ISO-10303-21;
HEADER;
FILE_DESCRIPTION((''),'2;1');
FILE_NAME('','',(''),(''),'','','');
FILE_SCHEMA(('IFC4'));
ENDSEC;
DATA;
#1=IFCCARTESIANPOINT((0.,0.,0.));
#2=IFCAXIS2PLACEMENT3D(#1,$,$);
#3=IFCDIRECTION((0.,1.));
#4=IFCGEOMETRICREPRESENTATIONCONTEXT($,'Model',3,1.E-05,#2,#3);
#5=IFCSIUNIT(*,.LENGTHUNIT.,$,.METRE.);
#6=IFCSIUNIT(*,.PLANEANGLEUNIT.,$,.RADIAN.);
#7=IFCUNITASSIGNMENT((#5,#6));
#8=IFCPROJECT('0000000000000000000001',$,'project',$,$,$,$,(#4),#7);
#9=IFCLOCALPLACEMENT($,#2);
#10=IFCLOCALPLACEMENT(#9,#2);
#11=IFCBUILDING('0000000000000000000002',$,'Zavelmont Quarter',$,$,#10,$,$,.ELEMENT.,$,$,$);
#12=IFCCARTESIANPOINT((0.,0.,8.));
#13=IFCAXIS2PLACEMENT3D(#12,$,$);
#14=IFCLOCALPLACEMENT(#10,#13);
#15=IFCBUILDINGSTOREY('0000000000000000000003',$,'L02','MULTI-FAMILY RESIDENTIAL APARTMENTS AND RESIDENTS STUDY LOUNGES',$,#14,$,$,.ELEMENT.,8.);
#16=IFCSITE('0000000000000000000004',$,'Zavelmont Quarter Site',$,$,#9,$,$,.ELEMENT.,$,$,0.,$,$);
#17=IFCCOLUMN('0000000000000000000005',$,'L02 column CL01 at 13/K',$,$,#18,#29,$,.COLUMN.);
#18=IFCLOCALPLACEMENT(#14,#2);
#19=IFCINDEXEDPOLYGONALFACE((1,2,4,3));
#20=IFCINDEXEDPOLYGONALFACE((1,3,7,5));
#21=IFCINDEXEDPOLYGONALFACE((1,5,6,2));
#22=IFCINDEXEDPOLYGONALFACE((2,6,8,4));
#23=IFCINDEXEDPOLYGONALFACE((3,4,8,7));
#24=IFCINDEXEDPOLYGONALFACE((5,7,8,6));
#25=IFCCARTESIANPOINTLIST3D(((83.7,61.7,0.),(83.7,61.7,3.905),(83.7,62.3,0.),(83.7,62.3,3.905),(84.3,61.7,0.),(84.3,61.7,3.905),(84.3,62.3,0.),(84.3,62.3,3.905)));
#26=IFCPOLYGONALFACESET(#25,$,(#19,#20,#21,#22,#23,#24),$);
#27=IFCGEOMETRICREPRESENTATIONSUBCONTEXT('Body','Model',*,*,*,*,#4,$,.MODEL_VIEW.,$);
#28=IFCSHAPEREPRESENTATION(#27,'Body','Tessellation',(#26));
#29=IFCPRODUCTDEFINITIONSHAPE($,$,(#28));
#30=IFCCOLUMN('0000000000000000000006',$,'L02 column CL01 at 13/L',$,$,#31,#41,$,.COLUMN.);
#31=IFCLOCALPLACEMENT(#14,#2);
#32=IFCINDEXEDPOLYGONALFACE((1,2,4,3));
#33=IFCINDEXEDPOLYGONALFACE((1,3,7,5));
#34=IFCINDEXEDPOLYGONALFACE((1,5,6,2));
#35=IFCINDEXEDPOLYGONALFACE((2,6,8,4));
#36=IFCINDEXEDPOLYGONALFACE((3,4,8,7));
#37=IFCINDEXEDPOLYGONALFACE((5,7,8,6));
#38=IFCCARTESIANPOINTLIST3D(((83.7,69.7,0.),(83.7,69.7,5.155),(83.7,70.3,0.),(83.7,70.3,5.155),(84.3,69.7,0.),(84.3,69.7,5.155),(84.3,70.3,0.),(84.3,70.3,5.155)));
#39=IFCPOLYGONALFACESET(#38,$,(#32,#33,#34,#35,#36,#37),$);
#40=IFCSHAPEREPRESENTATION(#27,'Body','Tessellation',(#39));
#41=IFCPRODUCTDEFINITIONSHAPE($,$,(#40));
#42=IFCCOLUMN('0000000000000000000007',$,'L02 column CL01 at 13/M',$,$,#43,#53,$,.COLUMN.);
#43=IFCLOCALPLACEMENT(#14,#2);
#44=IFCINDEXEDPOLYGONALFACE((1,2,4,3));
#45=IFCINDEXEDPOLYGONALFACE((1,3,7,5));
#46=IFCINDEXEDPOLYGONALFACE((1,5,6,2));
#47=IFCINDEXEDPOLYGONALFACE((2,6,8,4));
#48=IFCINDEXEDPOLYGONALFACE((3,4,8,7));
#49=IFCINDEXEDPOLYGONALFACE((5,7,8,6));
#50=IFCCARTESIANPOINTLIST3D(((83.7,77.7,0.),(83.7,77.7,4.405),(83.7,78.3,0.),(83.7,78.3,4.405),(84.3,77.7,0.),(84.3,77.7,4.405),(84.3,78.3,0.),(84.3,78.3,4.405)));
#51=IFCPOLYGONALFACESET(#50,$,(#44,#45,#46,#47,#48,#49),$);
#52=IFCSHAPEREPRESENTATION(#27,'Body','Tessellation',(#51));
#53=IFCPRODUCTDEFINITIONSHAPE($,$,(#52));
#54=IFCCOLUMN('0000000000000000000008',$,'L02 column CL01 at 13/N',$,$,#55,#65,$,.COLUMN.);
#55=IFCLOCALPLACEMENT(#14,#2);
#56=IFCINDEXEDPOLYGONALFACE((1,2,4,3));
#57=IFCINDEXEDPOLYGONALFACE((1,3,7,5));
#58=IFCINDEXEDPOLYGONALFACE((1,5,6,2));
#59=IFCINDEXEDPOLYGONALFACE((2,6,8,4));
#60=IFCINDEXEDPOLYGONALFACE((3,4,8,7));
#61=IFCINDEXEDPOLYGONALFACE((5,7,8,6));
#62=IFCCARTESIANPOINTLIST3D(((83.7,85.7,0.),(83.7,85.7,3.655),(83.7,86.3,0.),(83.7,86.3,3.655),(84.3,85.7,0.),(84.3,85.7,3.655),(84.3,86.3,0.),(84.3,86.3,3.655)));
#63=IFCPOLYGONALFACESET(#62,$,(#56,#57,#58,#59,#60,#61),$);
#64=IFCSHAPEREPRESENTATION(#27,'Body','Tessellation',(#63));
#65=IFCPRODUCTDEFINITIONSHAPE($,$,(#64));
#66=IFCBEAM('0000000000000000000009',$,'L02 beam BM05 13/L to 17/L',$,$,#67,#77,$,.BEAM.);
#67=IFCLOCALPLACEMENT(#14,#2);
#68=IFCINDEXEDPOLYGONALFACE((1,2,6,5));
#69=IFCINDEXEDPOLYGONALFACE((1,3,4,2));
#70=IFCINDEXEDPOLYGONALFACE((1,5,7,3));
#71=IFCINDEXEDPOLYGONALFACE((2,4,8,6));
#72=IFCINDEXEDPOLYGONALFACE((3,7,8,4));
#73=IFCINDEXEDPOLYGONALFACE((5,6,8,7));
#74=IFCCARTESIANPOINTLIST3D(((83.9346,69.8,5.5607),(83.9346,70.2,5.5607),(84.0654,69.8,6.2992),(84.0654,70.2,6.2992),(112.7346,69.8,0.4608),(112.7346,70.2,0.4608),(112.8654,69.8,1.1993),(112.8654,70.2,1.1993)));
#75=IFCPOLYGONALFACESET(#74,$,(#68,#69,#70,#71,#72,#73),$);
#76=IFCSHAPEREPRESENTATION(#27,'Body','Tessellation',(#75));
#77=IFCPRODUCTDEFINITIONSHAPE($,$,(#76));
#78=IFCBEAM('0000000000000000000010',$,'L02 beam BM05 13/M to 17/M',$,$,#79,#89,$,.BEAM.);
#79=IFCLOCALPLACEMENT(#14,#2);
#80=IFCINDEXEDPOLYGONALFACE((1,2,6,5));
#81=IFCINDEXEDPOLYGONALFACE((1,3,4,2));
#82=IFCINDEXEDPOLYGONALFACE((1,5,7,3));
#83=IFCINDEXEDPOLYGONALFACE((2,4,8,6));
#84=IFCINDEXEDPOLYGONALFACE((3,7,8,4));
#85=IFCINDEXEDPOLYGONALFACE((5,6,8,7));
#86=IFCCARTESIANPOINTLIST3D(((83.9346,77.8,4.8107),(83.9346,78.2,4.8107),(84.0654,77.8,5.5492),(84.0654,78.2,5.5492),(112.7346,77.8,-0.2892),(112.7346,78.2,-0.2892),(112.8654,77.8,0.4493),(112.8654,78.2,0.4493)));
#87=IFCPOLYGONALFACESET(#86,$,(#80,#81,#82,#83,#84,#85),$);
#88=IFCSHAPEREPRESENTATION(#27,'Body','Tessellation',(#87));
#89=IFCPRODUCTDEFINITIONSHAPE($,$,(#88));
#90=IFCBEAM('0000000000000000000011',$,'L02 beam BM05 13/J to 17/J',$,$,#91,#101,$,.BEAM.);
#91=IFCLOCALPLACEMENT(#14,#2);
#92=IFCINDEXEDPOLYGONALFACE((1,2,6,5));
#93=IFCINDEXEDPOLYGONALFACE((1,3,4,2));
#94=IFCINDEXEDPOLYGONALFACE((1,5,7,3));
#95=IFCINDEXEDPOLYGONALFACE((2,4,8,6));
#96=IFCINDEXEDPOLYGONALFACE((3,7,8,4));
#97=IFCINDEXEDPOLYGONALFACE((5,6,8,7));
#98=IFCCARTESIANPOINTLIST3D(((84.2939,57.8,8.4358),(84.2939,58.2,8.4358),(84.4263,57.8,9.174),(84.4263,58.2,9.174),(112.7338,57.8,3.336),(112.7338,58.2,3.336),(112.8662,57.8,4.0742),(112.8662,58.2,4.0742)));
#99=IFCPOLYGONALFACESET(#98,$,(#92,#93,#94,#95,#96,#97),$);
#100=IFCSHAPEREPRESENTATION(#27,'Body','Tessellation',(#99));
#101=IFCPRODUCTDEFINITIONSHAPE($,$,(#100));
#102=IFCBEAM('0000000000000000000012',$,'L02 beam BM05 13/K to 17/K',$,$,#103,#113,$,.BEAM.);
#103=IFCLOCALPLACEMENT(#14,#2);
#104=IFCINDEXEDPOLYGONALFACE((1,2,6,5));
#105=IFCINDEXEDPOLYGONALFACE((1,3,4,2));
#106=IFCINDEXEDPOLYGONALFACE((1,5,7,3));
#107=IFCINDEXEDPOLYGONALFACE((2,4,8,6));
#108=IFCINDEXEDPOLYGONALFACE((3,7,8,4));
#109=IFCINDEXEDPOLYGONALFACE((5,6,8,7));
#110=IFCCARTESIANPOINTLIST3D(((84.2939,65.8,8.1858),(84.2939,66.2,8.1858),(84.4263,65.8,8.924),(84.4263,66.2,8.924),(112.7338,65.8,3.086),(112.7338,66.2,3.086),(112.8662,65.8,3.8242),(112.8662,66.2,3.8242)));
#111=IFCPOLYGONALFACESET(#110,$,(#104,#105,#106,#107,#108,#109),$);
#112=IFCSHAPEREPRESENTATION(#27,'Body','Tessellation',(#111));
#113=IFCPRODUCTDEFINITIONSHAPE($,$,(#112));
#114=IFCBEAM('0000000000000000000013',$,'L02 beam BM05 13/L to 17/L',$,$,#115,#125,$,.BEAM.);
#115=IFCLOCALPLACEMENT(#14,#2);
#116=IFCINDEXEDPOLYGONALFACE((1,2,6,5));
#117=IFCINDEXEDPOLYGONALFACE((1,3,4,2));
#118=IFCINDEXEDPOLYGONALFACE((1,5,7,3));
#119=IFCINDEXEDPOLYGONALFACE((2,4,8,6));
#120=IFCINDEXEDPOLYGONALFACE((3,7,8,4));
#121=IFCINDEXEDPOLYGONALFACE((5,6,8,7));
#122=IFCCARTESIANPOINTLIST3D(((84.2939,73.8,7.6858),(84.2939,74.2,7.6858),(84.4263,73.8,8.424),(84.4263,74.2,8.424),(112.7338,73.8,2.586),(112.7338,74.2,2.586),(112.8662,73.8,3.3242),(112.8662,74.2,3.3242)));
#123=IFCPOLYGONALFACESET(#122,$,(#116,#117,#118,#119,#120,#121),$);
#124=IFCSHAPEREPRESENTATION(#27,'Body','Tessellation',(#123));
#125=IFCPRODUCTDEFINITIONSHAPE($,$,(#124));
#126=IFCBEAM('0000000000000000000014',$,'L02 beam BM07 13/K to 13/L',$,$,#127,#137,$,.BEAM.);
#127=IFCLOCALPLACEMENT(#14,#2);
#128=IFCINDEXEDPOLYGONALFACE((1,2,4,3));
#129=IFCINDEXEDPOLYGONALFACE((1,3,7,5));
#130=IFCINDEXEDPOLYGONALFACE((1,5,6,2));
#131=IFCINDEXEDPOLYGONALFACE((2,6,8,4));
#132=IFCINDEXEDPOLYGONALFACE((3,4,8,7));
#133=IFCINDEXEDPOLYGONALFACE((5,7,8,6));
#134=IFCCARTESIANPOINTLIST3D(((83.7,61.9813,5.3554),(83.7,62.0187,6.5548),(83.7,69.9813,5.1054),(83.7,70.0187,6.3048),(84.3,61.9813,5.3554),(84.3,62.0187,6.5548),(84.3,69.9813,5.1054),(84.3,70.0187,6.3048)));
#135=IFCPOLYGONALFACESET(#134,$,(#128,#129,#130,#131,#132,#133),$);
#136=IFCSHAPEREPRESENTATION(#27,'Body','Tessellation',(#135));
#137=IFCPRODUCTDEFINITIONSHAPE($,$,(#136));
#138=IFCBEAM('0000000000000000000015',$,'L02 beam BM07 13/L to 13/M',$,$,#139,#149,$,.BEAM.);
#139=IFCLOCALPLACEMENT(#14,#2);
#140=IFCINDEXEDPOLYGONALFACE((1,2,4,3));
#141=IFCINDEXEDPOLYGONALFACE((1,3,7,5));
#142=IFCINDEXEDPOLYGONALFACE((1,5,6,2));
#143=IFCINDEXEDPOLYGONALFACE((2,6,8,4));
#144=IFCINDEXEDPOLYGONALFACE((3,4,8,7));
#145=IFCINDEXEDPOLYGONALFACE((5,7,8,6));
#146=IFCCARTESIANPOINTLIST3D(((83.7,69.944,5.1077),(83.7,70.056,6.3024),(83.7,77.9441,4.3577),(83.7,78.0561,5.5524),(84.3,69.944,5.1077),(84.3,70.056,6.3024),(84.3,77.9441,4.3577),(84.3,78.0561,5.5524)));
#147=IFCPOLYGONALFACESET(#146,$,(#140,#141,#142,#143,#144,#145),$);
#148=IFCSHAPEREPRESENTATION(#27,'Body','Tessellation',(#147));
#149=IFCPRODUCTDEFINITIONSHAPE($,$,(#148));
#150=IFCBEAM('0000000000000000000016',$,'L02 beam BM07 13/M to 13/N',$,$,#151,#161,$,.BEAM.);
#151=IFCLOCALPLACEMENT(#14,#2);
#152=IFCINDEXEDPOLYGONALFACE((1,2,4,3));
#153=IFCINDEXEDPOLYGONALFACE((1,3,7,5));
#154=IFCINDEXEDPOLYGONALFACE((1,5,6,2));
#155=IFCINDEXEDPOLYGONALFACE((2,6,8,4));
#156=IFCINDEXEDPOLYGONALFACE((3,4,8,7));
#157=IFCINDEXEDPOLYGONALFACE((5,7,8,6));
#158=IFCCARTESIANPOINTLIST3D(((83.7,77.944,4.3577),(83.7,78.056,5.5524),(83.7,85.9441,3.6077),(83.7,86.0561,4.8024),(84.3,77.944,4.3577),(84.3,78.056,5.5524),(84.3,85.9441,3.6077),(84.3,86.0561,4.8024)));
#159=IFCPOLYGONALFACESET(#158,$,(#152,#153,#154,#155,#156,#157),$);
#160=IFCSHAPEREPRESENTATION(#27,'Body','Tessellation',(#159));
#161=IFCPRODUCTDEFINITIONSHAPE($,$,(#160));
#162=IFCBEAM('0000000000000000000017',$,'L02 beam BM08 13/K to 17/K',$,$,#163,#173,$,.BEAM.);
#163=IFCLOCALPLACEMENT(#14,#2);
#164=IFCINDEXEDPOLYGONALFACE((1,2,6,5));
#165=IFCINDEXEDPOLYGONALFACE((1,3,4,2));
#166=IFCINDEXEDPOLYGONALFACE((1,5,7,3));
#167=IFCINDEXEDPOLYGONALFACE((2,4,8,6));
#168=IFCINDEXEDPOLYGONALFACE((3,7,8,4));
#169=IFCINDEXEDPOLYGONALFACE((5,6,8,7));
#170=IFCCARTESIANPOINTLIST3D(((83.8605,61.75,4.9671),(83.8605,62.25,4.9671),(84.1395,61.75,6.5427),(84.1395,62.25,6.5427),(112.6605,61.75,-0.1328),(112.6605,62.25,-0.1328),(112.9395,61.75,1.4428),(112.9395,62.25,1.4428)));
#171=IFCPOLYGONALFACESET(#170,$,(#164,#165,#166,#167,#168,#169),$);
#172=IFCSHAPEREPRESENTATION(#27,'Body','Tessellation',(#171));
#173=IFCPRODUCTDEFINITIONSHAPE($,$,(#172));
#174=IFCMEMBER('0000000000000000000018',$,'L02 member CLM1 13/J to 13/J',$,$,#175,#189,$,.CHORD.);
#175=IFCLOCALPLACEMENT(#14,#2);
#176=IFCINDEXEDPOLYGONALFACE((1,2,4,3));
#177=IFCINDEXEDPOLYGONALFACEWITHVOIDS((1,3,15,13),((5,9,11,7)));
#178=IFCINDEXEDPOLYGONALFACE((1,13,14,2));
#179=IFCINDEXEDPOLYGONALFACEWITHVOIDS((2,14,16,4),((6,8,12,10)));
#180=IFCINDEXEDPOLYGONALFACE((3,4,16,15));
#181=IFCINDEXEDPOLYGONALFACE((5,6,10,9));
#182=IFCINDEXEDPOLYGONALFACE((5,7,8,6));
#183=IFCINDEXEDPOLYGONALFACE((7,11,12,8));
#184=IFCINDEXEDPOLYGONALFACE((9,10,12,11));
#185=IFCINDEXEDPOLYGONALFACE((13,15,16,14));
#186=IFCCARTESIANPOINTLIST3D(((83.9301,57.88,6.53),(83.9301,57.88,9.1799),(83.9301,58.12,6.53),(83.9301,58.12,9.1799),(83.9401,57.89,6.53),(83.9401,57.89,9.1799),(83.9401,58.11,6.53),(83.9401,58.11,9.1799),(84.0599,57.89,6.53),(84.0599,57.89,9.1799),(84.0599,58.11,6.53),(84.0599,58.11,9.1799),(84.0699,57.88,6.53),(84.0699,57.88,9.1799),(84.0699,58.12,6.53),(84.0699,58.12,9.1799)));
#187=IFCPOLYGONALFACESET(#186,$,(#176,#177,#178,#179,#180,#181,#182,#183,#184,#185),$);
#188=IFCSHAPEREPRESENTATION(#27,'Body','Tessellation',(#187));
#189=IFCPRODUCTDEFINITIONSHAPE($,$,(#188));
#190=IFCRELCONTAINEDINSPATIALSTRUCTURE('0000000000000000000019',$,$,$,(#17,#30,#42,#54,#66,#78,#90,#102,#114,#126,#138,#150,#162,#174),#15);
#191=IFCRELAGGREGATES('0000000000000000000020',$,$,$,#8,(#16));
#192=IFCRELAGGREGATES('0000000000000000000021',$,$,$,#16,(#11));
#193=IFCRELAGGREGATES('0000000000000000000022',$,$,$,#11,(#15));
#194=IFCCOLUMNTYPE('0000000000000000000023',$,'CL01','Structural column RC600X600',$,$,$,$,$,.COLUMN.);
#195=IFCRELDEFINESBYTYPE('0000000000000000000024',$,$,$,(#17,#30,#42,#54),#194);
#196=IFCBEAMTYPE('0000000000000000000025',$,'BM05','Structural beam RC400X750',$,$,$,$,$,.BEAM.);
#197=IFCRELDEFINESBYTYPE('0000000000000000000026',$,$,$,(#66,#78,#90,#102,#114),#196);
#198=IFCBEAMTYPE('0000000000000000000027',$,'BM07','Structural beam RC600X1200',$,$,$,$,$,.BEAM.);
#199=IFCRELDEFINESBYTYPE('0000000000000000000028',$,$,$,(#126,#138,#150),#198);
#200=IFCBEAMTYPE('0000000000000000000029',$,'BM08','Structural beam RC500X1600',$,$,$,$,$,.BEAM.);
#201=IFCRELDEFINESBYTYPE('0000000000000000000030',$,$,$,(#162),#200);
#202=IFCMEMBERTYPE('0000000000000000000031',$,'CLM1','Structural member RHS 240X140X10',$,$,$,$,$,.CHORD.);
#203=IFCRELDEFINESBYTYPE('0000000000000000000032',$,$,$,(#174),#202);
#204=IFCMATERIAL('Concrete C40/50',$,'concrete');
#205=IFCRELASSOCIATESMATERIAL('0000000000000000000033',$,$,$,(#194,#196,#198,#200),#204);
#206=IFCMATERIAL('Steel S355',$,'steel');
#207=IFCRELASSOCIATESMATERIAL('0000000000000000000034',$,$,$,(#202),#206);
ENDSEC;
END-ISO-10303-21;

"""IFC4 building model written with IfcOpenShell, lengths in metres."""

from ifc_helpers import new_model, si_unit, direction, frame, origin, origin_2d, place, context, subcontext, project, spatial, rectangle, hollow_rectangle, extrude, material, material_profile, profile_set, type_object, element, save


model = new_model("IFC4")

# Units and contexts
model_context = context("Model", 3, precision=1e-05, world=origin(), true_north=direction((0.0, 1.0)))
body_context = subcontext(model_context, "Body", "Model", "MODEL_VIEW")
ifc_project = project(units=[si_unit("LENGTHUNIT", "METRE"), si_unit("PLANEANGLEUNIT", "RADIAN")], contexts=[model_context])

# Site, building, storey
site_placement = place(None, origin())
site = spatial("IfcSite", under=ifc_project, at=site_placement, Name="Zavelmont Quarter Site", CompositionType="ELEMENT", RefElevation=0.0)
building_placement = place(site_placement, origin())
building = spatial("IfcBuilding", under=site, at=building_placement, Name="Zavelmont Quarter", CompositionType="ELEMENT")
storey_placement = place(building_placement, frame((0.0, 0.0, 8.0)))
storey = spatial("IfcBuildingStorey", under=building, at=storey_placement, Name="L02", Description="MULTI-FAMILY RESIDENTIAL APARTMENTS AND RESIDENTS STUDY LOUNGES", CompositionType="ELEMENT", Elevation=8.0)

# Columns
ifc_material_1 = material(Name="Concrete C40/50", Category="concrete")
ifc_material_profile_1 = material_profile(ifc_material_1, rectangle(XDim=0.6001, YDim=0.6001, at=origin_2d()), Name="RC600X600")
ifc_profile_set_1 = profile_set([ifc_material_profile_1], Name="Concrete C40/50")
column_type = type_object("IfcColumnType", Name="CL01", Description="Structural column RC600X600", PredefinedType="COLUMN", material=ifc_profile_set_1)
column_1_placement = place(storey_placement, frame((84.0, 62.0, 0.0), z_axis=(0.0, 0.0, 1.0), x_axis=(1.0, 0.0, 0.0)))
element("IfcColumn", 1, at=column_1_placement, inside=storey, type_object=column_type, Name="L02 column CL01 at 13/K", PredefinedType="COLUMN", context=body_context, shape_type="SweptSolid", body=[
    extrude(rectangle(XDim=0.6001, YDim=0.6001, at=origin_2d()), origin(), (0.0, 0.0, 1.0), 3.905),
])
column_2_placement = place(storey_placement, frame((84.0, 70.0, 0.0), z_axis=(0.0, 0.0, 1.0), x_axis=(1.0, 0.0, 0.0)))
element("IfcColumn", 2, at=column_2_placement, inside=storey, type_object=column_type, Name="L02 column CL01 at 13/L", PredefinedType="COLUMN", context=body_context, shape_type="SweptSolid", body=[
    extrude(rectangle(XDim=0.6001, YDim=0.6001, at=origin_2d()), origin(), (0.0, 0.0, 1.0), 5.155),
])
column_3_placement = place(storey_placement, frame((84.0, 78.0, 0.0), z_axis=(0.0, 0.0, 1.0), x_axis=(1.0, 0.0, 0.0)))
element("IfcColumn", 3, at=column_3_placement, inside=storey, type_object=column_type, Name="L02 column CL01 at 13/M", PredefinedType="COLUMN", context=body_context, shape_type="SweptSolid", body=[
    extrude(rectangle(XDim=0.6001, YDim=0.6001, at=origin_2d()), origin(), (0.0, 0.0, 1.0), 4.405),
])
column_4_placement = place(storey_placement, frame((84.0, 86.0, 0.0), z_axis=(0.0, 0.0, 1.0), x_axis=(1.0, 0.0, 0.0)))
element("IfcColumn", 4, at=column_4_placement, inside=storey, type_object=column_type, Name="L02 column CL01 at 13/N", PredefinedType="COLUMN", context=body_context, shape_type="SweptSolid", body=[
    extrude(rectangle(XDim=0.6001, YDim=0.6001, at=origin_2d()), origin(), (0.0, 0.0, 1.0), 3.655),
])

# Beams
ifc_material_profile_2 = material_profile(ifc_material_1, rectangle(XDim=0.3999, YDim=0.75, at=origin_2d()), Name="RC400X750")
ifc_profile_set_2 = profile_set([ifc_material_profile_2], Name="Concrete C40/50")
beam_type_1 = type_object("IfcBeamType", Name="BM05", Description="Structural beam RC400X750", PredefinedType="BEAM", material=ifc_profile_set_2)
for number, where, z_axis, x_axis, name in (
    (5, (84.0, 70.0, 5.9299), (0.984681, 0.0, -0.174365), (0.0, 1.0, 0.0), "L02 beam BM05 13/L to 17/L"),
    (6, (84.0, 78.0, 5.1799), (0.984681, 0.0, -0.174365), (0.0, 1.0, 0.0), "L02 beam BM05 13/M to 17/M"),
):
    element("IfcBeam", number, at=place(storey_placement, frame(where, z_axis=z_axis, x_axis=x_axis)), inside=storey, type_object=beam_type_1, Name=name, PredefinedType="BEAM", context=body_context, shape_type="SweptSolid", body=[
        extrude(rectangle(XDim=0.3999, YDim=0.75, at=origin_2d()), origin(), (0.0, 0.0, 1.0), 29.248),
    ])
for number, where, z_axis, x_axis, name in (
    (7, (84.3601, 58.0, 8.8049), (0.9843, 0.0, -0.176505), (0.0, 1.0, 0.0), "L02 beam BM05 13/J to 17/J"),
    (8, (84.3601, 66.0, 8.5549), (0.9843, 0.0, -0.176505), (0.0, 1.0, 0.0), "L02 beam BM05 13/K to 17/K"),
    (9, (84.3601, 74.0, 8.0549), (0.9843, 0.0, -0.176505), (0.0, 1.0, 0.0), "L02 beam BM05 13/L to 17/L"),
):
    element("IfcBeam", number, at=place(storey_placement, frame(where, z_axis=z_axis, x_axis=x_axis)), inside=storey, type_object=beam_type_1, Name=name, PredefinedType="BEAM", context=body_context, shape_type="SweptSolid", body=[
        extrude(rectangle(XDim=0.3999, YDim=0.75, at=origin_2d()), origin(), (0.0, 0.0, 1.0), 28.8936),
    ])
ifc_material_profile_3 = material_profile(ifc_material_1, rectangle(XDim=0.6001, YDim=1.2, at=origin_2d()), Name="RC600X1200")
ifc_profile_set_3 = profile_set([ifc_material_profile_3], Name="Concrete C40/50")
beam_type_2 = type_object("IfcBeamType", Name="BM07", Description="Structural beam RC600X1200", PredefinedType="BEAM", material=ifc_profile_set_3)
beam_1_placement = place(storey_placement, frame((84.0, 62.0, 5.9551), z_axis=(0.0, 0.999512, -0.031235), x_axis=(-1.0, 0.0, 0.0)))
element("IfcBeam", 10, at=beam_1_placement, inside=storey, type_object=beam_type_2, Name="L02 beam BM07 13/K to 13/L", PredefinedType="BEAM", context=body_context, shape_type="SweptSolid", body=[
    extrude(rectangle(XDim=0.6001, YDim=1.2, at=origin_2d()), origin(), (0.0, 0.0, 1.0), 8.0039),
])
for number, where, z_axis, x_axis, name in (
    (11, (84.0, 70.0, 5.7051), (0.0, 0.995634, -0.093341), (-1.0, 0.0, 0.0), "L02 beam BM07 13/L to 13/M"),
    (12, (84.0, 78.0, 4.9551), (0.0, 0.995634, -0.093341), (-1.0, 0.0, 0.0), "L02 beam BM07 13/M to 13/N"),
):
    element("IfcBeam", number, at=place(storey_placement, frame(where, z_axis=z_axis, x_axis=x_axis)), inside=storey, type_object=beam_type_2, Name=name, PredefinedType="BEAM", context=body_context, shape_type="SweptSolid", body=[
        extrude(rectangle(XDim=0.6001, YDim=1.2, at=origin_2d()), origin(), (0.0, 0.0, 1.0), 8.0352),
    ])
ifc_material_profile_4 = material_profile(ifc_material_1, rectangle(XDim=0.5, YDim=1.6001, at=origin_2d()), Name="RC500X1600")
ifc_profile_set_4 = profile_set([ifc_material_profile_4], Name="Concrete C40/50")
beam_type_3 = type_object("IfcBeamType", Name="BM08", Description="Structural beam RC500X1600", PredefinedType="BEAM", material=ifc_profile_set_4)
beam_2_placement = place(storey_placement, frame((84.0, 62.0, 5.7549), z_axis=(0.984681, 0.0, -0.174365), x_axis=(0.0, 1.0, 0.0)))
element("IfcBeam", 13, at=beam_2_placement, inside=storey, type_object=beam_type_3, Name="L02 beam BM08 13/K to 17/K", PredefinedType="BEAM", context=body_context, shape_type="SweptSolid", body=[
    extrude(rectangle(XDim=0.5, YDim=1.6001, at=origin_2d()), origin(), (0.0, 0.0, 1.0), 29.248),
])

# Member
ifc_material_2 = material(Name="Steel S355", Category="steel")
ifc_material_profile_5 = material_profile(ifc_material_2, hollow_rectangle(XDim=0.1399, YDim=0.24, WallThickness=0.01, at=origin_2d()), Name="RHS 240X140X10")
ifc_profile_set_5 = profile_set([ifc_material_profile_5], Name="Steel S355")
member_type = type_object("IfcMemberType", Name="CLM1", Description="Structural member RHS 240X140X10", PredefinedType="CHORD", material=ifc_profile_set_5)
for number, where, z_axis, x_axis, name in (
    (14, (84.0, 58.0, 6.53), (0.0, 0.0, 1.0), (1.0, 0.0, 0.0), "L02 member CLM1 13/J to 13/J"),
):
    element("IfcMember", number, at=place(storey_placement, frame(where, z_axis=z_axis, x_axis=x_axis)), inside=storey, type_object=member_type, Name=name, PredefinedType="CHORD", context=body_context, shape_type="SweptSolid", body=[
        extrude(hollow_rectangle(XDim=0.1399, YDim=0.24, WallThickness=0.01, at=origin_2d()), origin(), (0.0, 0.0, 1.0), 2.6499),
    ])

save(model, "model.ifc")
